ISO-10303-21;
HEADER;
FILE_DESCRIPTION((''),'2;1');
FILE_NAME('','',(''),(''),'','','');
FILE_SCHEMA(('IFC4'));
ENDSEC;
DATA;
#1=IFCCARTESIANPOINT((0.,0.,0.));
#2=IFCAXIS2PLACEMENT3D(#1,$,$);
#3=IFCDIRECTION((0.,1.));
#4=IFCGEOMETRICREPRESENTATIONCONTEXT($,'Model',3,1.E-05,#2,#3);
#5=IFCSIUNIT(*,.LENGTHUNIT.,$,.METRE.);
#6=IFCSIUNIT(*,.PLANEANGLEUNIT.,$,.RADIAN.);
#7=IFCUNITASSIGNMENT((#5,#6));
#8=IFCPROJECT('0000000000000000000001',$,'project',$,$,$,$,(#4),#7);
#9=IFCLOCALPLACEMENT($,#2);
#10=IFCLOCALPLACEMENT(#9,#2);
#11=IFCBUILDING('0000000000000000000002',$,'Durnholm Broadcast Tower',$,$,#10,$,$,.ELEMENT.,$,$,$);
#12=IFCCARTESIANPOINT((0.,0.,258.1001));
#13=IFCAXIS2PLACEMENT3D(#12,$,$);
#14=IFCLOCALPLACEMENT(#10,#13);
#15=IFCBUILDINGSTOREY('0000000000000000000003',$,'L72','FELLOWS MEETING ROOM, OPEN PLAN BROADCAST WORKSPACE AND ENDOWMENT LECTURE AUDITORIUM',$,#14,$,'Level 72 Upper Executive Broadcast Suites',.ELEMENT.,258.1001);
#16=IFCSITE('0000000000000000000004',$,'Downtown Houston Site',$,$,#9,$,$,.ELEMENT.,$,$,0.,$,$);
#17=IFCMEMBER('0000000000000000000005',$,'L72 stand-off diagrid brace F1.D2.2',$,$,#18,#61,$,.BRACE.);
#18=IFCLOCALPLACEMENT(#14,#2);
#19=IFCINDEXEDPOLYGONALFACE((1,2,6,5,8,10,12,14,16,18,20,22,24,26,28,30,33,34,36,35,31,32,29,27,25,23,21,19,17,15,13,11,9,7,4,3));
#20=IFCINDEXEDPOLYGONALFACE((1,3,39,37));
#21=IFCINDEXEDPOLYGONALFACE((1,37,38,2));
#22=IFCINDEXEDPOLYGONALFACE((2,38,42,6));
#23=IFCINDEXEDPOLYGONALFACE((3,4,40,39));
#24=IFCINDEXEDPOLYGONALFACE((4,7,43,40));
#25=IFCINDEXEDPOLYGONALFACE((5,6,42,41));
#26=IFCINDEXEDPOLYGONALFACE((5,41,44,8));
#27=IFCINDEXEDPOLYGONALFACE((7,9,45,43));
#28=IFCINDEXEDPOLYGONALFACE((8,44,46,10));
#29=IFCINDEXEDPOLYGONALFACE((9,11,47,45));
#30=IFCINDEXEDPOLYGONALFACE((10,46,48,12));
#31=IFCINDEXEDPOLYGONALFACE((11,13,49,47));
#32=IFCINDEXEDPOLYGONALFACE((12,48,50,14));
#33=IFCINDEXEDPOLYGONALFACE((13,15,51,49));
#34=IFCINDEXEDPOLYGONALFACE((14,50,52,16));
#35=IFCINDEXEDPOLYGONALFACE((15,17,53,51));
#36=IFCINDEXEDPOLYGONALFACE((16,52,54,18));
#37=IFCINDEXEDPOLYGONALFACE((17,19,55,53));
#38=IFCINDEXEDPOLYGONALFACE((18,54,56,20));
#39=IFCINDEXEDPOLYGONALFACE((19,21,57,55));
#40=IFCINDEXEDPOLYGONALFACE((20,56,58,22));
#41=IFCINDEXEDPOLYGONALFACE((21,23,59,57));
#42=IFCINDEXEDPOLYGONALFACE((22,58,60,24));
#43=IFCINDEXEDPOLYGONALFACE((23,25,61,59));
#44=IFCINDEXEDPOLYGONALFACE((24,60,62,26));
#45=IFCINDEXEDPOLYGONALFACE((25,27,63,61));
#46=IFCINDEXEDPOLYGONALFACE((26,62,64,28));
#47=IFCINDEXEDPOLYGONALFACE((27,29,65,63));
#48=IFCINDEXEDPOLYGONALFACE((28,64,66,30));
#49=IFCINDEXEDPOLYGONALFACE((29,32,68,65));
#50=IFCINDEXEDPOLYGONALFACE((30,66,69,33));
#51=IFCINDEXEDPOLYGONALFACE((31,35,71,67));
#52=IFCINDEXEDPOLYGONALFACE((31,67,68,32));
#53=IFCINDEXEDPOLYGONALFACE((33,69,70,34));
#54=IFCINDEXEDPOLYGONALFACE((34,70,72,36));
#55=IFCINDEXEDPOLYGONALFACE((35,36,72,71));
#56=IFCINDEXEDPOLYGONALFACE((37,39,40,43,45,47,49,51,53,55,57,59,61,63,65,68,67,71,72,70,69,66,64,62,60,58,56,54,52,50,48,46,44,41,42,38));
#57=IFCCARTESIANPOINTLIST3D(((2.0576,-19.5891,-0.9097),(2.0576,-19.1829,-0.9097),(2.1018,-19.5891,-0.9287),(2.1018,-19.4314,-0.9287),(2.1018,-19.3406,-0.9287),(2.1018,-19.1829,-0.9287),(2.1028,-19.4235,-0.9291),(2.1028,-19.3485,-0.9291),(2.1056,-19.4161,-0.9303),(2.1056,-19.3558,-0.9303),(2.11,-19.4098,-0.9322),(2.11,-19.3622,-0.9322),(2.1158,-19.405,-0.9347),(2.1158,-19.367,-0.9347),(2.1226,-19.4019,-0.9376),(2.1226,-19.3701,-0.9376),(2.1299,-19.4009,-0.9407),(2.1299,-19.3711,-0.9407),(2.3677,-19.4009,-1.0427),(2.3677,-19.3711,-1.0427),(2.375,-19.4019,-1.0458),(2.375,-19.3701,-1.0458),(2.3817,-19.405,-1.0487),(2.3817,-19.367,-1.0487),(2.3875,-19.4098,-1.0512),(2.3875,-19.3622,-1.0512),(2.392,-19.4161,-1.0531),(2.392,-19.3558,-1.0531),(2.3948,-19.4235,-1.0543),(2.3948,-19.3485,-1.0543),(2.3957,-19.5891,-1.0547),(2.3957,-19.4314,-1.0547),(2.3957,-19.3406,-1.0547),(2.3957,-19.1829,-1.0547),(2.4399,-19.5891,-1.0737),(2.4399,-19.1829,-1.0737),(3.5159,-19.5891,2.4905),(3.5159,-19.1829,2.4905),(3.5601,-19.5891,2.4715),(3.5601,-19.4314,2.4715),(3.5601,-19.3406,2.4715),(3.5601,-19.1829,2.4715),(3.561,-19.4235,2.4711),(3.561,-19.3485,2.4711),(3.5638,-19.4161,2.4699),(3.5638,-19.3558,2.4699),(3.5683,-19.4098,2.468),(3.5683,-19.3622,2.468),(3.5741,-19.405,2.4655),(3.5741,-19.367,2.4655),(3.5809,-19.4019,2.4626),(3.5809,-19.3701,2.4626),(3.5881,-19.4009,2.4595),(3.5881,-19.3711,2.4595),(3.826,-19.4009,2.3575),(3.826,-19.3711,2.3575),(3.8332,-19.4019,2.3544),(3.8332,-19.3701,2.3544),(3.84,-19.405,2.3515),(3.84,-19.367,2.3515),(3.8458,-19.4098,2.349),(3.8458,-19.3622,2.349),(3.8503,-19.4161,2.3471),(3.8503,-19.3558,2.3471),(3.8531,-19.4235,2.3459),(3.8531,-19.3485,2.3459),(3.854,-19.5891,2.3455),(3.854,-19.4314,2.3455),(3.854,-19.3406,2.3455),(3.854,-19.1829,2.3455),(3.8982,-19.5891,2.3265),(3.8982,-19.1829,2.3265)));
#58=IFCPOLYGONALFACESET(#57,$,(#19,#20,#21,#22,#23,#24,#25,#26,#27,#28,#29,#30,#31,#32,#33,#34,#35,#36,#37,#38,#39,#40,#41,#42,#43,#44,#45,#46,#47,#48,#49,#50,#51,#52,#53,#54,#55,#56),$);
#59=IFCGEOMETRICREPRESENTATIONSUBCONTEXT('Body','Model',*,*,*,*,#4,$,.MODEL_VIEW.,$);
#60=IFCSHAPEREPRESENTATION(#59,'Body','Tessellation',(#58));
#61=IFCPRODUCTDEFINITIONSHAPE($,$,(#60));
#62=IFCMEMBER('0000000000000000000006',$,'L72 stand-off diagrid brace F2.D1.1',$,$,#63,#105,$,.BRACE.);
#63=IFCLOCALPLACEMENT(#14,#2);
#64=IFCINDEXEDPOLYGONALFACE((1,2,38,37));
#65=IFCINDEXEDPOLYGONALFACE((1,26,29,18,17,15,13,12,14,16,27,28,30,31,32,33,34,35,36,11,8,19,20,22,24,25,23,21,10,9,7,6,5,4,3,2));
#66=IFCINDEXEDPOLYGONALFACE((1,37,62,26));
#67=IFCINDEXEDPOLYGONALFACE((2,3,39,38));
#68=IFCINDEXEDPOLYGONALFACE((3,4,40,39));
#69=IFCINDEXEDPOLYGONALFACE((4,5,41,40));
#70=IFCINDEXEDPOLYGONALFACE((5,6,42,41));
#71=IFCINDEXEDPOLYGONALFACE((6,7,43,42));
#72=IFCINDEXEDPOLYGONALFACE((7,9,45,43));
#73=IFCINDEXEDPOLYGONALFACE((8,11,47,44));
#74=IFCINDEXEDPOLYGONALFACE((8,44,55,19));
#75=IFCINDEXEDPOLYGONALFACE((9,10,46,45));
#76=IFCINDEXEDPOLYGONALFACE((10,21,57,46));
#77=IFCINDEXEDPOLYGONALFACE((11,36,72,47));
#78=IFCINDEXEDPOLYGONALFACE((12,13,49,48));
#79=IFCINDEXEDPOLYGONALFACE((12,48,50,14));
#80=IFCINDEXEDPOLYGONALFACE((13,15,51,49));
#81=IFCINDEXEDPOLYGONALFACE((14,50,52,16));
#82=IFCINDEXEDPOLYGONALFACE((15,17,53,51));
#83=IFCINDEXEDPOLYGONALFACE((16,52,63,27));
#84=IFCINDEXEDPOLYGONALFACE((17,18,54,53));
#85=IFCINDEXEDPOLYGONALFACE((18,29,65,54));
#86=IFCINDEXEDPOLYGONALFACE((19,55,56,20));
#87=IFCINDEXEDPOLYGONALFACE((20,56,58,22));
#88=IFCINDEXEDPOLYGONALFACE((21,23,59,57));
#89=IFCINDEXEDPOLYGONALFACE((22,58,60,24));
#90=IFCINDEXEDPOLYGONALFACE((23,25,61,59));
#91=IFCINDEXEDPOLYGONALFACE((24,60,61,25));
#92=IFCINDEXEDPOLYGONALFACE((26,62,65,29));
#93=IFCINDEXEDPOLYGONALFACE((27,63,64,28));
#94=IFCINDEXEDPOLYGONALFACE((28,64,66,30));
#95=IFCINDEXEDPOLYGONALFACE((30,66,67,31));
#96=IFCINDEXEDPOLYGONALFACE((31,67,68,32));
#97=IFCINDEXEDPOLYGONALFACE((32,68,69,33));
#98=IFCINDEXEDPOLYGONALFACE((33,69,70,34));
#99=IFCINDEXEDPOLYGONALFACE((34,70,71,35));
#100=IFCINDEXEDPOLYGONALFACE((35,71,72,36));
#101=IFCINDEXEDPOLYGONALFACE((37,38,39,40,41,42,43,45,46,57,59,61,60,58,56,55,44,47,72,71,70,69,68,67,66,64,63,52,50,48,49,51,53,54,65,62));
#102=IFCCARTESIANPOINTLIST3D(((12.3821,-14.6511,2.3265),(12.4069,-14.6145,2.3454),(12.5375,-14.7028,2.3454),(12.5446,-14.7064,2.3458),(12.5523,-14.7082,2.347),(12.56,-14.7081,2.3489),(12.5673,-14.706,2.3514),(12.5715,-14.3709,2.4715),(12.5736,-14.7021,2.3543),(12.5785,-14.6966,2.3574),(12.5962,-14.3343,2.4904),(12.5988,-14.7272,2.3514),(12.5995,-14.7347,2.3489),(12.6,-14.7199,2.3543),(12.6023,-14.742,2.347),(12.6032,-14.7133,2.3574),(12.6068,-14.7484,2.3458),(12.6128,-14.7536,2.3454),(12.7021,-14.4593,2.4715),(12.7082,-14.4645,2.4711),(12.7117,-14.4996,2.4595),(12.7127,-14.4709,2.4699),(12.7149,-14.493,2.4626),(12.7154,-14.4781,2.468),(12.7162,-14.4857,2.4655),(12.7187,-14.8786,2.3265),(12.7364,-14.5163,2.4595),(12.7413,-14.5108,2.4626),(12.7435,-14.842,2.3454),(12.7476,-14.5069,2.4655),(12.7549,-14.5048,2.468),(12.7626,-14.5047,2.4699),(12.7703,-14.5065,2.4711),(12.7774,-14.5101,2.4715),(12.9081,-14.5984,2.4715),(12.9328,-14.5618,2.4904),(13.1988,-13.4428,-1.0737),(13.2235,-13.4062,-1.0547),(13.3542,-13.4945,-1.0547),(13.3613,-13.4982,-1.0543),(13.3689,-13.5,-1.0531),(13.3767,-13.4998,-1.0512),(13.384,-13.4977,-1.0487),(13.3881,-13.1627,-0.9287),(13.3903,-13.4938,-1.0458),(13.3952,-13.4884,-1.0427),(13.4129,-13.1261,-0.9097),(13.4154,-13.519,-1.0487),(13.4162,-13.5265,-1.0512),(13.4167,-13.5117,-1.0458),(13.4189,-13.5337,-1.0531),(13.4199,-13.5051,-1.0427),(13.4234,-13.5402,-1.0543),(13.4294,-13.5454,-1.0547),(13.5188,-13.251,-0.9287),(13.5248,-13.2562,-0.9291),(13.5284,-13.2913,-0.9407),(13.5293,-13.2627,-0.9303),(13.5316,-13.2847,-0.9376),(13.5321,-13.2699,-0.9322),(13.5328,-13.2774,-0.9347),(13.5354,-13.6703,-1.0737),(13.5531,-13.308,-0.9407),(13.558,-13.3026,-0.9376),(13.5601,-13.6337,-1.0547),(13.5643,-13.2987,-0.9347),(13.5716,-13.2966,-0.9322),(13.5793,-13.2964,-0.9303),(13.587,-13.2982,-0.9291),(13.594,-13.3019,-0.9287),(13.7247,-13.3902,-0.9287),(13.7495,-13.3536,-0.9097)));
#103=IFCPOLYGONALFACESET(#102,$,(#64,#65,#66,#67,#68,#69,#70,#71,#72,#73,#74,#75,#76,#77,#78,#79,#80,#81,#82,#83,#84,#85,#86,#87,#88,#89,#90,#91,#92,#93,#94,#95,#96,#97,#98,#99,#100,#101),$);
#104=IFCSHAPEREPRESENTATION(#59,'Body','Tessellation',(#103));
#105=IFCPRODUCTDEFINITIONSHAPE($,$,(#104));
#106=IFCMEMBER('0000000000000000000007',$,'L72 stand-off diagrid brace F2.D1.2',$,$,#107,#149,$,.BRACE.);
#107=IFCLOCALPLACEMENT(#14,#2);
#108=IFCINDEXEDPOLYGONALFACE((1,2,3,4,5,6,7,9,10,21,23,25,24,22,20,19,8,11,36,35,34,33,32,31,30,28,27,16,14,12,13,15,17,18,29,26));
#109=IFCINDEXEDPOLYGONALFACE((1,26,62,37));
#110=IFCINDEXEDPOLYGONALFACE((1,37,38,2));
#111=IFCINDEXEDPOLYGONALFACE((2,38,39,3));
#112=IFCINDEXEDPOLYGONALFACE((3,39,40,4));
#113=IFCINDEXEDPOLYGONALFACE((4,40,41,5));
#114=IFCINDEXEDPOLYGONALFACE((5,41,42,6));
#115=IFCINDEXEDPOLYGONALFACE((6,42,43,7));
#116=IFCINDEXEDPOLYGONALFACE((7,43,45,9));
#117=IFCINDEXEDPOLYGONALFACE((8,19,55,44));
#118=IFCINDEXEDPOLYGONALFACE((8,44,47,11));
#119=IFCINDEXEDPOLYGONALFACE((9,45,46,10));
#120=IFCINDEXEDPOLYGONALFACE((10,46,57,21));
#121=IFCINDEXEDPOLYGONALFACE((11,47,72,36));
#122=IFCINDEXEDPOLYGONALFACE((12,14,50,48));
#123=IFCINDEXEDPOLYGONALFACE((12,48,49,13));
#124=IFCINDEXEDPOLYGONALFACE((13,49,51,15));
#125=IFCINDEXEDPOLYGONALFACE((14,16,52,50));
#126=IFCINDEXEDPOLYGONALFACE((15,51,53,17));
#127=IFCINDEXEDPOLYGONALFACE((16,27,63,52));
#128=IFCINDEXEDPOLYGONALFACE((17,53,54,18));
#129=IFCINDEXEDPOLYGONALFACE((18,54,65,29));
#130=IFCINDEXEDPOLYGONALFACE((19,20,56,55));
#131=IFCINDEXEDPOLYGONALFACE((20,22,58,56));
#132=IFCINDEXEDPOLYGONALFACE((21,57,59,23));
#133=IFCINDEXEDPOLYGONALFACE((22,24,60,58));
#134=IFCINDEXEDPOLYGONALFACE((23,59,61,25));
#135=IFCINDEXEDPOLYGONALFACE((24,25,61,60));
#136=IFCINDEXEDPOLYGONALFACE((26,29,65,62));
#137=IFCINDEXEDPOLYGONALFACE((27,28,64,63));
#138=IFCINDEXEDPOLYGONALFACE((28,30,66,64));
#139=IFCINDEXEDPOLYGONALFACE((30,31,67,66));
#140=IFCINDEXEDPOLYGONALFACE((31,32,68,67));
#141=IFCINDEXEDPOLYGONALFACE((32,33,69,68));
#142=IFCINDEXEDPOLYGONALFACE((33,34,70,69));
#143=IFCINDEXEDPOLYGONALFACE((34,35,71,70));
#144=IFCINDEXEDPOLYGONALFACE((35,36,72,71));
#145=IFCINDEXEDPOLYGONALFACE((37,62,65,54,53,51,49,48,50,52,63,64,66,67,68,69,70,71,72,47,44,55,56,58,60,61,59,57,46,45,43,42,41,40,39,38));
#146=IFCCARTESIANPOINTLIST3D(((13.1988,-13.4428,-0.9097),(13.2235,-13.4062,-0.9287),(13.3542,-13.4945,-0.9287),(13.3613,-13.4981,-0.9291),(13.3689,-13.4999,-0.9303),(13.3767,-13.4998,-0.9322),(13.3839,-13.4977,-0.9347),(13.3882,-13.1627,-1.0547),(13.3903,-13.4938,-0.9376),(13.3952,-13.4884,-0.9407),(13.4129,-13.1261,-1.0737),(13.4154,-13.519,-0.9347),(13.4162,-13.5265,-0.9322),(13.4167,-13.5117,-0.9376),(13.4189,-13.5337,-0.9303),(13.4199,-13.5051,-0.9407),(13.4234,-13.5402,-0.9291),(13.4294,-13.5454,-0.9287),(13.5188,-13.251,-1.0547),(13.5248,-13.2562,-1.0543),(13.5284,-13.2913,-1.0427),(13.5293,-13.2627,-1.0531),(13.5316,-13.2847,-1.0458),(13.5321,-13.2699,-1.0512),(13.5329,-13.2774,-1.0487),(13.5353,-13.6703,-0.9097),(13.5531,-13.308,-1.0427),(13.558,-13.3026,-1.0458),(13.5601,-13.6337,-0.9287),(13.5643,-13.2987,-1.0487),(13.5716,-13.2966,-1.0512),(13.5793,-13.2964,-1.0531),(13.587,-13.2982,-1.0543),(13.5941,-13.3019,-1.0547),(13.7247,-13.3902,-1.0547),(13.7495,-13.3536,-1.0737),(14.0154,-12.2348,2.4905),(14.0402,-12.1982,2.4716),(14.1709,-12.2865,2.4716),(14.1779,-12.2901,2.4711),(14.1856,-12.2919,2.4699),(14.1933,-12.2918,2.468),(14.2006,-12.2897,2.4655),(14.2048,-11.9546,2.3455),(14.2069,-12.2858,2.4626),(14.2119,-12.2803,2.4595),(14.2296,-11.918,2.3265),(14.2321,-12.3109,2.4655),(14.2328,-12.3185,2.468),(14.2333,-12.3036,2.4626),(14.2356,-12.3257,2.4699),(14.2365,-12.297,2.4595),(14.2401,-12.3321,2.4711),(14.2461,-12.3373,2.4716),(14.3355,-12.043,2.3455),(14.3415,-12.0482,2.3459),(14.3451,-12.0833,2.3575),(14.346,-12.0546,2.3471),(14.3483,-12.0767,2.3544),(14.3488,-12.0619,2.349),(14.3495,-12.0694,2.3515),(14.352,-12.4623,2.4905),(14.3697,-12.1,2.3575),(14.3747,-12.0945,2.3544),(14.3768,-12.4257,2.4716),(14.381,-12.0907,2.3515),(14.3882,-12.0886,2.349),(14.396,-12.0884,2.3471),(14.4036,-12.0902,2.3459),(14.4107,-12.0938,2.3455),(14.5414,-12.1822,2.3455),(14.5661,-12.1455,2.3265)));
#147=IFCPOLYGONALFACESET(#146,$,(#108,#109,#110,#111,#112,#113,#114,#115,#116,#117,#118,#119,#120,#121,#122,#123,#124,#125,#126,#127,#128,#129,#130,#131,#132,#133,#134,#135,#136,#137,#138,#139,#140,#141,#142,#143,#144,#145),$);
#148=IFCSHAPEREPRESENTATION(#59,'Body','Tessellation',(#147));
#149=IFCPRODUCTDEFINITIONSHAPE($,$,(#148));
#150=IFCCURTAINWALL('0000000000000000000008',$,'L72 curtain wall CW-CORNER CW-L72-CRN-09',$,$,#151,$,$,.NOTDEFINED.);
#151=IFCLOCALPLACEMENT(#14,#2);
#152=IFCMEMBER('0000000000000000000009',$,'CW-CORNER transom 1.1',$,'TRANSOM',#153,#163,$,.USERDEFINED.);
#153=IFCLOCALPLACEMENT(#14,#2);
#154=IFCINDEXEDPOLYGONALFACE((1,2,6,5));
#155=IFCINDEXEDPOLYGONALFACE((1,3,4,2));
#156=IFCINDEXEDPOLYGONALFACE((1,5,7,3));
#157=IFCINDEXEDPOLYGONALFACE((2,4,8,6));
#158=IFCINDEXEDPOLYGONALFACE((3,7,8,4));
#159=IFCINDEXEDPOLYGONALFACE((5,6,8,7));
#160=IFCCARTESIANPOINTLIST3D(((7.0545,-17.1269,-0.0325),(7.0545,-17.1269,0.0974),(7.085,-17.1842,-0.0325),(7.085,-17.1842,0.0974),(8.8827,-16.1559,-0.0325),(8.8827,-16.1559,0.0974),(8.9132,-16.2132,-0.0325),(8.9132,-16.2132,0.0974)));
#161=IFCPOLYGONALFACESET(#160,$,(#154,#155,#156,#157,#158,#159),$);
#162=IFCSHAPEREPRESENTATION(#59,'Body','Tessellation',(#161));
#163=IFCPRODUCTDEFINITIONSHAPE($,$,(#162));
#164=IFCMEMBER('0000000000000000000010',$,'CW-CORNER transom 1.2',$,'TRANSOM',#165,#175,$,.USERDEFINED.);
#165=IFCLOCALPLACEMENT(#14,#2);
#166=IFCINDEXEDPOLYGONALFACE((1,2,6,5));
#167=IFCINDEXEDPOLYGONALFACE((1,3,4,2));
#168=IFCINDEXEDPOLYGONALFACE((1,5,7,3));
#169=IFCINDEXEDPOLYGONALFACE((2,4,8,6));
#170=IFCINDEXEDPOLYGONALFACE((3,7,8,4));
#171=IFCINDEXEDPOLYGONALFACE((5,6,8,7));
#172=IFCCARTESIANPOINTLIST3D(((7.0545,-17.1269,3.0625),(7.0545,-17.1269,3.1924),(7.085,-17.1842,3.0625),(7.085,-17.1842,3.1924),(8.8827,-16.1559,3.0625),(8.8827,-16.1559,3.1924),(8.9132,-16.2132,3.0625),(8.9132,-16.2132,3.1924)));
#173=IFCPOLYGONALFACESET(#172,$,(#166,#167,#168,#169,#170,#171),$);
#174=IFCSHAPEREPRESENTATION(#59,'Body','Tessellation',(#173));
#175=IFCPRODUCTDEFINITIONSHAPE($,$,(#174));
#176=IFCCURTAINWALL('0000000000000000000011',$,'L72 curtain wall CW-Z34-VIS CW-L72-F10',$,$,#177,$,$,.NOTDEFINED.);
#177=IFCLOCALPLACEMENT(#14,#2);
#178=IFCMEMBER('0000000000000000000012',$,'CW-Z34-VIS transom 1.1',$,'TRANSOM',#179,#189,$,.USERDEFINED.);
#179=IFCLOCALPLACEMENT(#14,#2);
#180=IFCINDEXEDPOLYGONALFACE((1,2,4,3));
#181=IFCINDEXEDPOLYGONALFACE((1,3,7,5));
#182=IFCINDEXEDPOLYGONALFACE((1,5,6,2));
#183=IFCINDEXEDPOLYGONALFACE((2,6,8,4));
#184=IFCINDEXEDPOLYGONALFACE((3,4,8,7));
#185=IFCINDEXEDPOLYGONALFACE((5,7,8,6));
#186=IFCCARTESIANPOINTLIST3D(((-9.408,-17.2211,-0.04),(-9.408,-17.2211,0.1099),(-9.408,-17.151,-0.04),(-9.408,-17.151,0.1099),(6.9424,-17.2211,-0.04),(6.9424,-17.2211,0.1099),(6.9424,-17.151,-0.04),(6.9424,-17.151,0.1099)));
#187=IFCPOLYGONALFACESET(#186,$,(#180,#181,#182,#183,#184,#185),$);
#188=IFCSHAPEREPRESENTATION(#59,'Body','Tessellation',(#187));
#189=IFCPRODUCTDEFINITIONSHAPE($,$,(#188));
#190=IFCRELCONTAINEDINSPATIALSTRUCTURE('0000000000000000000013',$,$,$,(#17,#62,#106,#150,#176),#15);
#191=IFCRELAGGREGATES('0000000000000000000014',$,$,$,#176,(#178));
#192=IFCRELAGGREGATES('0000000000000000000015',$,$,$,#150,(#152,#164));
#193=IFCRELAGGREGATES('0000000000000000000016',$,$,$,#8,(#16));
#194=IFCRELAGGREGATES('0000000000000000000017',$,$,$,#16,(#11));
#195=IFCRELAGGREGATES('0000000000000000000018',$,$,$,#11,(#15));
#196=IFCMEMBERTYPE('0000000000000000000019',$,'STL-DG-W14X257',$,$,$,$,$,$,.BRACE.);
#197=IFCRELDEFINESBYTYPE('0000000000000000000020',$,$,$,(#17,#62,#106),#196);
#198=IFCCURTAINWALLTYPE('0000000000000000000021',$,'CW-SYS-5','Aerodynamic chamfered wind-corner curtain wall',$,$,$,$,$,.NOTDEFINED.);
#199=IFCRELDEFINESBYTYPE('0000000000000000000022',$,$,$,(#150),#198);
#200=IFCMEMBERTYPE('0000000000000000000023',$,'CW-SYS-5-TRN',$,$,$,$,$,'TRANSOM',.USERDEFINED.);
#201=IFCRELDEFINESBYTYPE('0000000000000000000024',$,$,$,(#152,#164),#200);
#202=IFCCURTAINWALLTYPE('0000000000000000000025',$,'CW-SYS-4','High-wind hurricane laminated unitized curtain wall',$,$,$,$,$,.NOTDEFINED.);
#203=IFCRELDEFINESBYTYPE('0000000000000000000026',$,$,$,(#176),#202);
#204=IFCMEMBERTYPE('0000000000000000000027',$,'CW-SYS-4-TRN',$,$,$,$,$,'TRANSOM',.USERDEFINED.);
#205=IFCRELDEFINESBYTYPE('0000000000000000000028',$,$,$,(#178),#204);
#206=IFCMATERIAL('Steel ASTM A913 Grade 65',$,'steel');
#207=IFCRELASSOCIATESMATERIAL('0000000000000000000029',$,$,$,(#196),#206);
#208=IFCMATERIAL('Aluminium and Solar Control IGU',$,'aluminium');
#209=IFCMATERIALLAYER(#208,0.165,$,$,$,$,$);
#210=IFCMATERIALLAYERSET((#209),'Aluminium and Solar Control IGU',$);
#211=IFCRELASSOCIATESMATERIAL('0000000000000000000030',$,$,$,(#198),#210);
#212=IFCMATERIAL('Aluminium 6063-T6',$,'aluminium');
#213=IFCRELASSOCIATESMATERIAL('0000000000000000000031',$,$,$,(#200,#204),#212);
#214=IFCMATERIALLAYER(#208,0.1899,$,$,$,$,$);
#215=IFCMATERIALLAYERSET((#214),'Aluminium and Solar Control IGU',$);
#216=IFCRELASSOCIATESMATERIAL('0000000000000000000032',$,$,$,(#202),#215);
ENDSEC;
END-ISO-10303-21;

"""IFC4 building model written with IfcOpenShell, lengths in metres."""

from ifc_helpers import new_model, si_unit, direction, frame, origin, origin_2d, place, context, subcontext, project, spatial, rectangle, i_section, extrude, source, transform, mapped, material, layer, layer_set, material_profile, profile_set, type_object, type_shapes, element, aggregate, save


model = new_model("IFC4")

# Units and contexts
model_context = context("Model", 3, precision=1e-05, world=origin(), true_north=direction((0.0, 1.0)))
body_context = subcontext(model_context, "Body", "Model", "MODEL_VIEW")
ifc_project = project(units=[si_unit("LENGTHUNIT", "METRE"), si_unit("PLANEANGLEUNIT", "RADIAN")], contexts=[model_context])

# Site, building, storey
site_placement = place(None, origin())
site = spatial("IfcSite", under=ifc_project, at=site_placement, Name="Downtown Houston Site", CompositionType="ELEMENT", RefElevation=0.0)
building_placement = place(site_placement, origin())
building = spatial("IfcBuilding", under=site, at=building_placement, Name="Durnholm Broadcast Tower", CompositionType="ELEMENT")
storey_placement = place(building_placement, frame((0.0, 0.0, 258.1001)))
storey = spatial("IfcBuildingStorey", under=building, at=storey_placement, Name="L72", Description="FELLOWS MEETING ROOM, OPEN PLAN BROADCAST WORKSPACE AND ENDOWMENT LECTURE AUDITORIUM", LongName="Level 72 Upper Executive Broadcast Suites", CompositionType="ELEMENT", Elevation=258.1001)

# Members
ifc_material_1 = material(Name="Steel ASTM A913 Grade 65", Category="steel")
ifc_material_profile_1 = material_profile(ifc_material_1, i_section(OverallWidth=0.4062, OverallDepth=0.416, WebThickness=0.0298, FlangeThickness=0.0481, FilletRadius=0.0305, at=origin_2d()), Name="W14X257")
ifc_profile_set_1 = profile_set([ifc_material_profile_1], Name="Steel ASTM A913 Grade 65")
member_type_1 = type_object("IfcMemberType", Name="STL-DG-W14X257", PredefinedType="BRACE", material=ifc_profile_set_1)
shared_shape_1 = source(origin(), body_context, "Body", "SweptSolid", [
    extrude(i_section(OverallWidth=0.4062, OverallDepth=0.416, WebThickness=0.0298, FlangeThickness=0.0481, FilletRadius=0.0305, at=origin_2d()), origin(), (0.0, 0.0, 1.0), 3.6997),
])
type_shapes(member_type_1, [shared_shape_1])
for number, where, z_axis, x_axis, name in (
    (1, (2.2488, -19.386, -0.9917), (0.394158, 0.0, 0.919043), (0.0, 1.0, 0.0), "L72 stand-off diagrid brace F1.D2.2"),
    (2, (13.4741, -13.3982, -0.9917), (-0.220734, -0.326581, 0.919033), (0.828505, -0.559982, 0.0), "L72 stand-off diagrid brace F2.D1.1"),
    (3, (13.4741, -13.3982, -0.9917), (0.220739, 0.326522, 0.919053), (-0.828452, 0.560059, 0.0), "L72 stand-off diagrid brace F2.D1.2"),
):
    element("IfcMember", number, at=place(storey_placement, frame(where, z_axis=z_axis, x_axis=x_axis)), inside=storey, type_object=member_type_1, Name=name, PredefinedType="BRACE", context=body_context, shape_type="MappedRepresentation", body=[
        mapped(shared_shape_1, transform((0.0, 0.0, 0.0), x_axis=(1.0, 0.0, 0.0), y_axis=(0.0, 1.0, 0.0), z_axis=(0.0, 0.0, 1.0), scale=1.0)),
    ])

# Curtain walls, members
ifc_material_2 = material(Name="Aluminium and Solar Control IGU", Category="aluminium")
ifc_layer_1 = layer(ifc_material_2, 0.165)
ifc_layer_set_1 = layer_set([ifc_layer_1], Name="Aluminium and Solar Control IGU")
curtain_wall_type_1 = type_object("IfcCurtainWallType", Name="CW-SYS-5", Description="Aerodynamic chamfered wind-corner curtain wall", PredefinedType="NOTDEFINED", material=ifc_layer_set_1)
curtain_wall_1_placement = place(storey_placement, origin())
curtain_wall_1 = element("IfcCurtainWall", 4, at=curtain_wall_1_placement, inside=storey, type_object=curtain_wall_type_1, Name="L72 curtain wall CW-CORNER CW-L72-CRN-09", PredefinedType="NOTDEFINED")
ifc_material_3 = material(Name="Aluminium 6063-T6", Category="aluminium")
ifc_material_profile_2 = material_profile(ifc_material_3, rectangle(XDim=0.0649, YDim=0.1299, at=origin_2d()), Name="CWT65X130")
ifc_profile_set_2 = profile_set([ifc_material_profile_2], Name="Aluminium 6063-T6")
member_type_2 = type_object("IfcMemberType", Name="CW-SYS-5-TRN", ElementType="TRANSOM", PredefinedType="USERDEFINED", material=ifc_profile_set_2)
shared_shape_2 = source(origin(), body_context, "Body", "SweptSolid", [
    extrude(rectangle(XDim=0.0649, YDim=0.1299, at=origin_2d()), origin(), (0.0, 0.0, 1.0), 2.0701),
])
type_shapes(member_type_2, [shared_shape_2])
member_1_placement = place(storey_placement, frame((8.8979, -16.1846, 0.0325), z_axis=(-0.883165, -0.469063, 0.0), x_axis=(0.469063, -0.883165, 0.0)))
member_1 = element("IfcMember", 5, at=member_1_placement, type_object=member_type_2, Name="CW-CORNER transom 1.1", ObjectType="TRANSOM", PredefinedType="USERDEFINED", context=body_context, shape_type="MappedRepresentation", body=[
    mapped(shared_shape_2, transform((0.0, 0.0, 0.0), x_axis=(1.0, 0.0, 0.0), y_axis=(0.0, 1.0, 0.0), z_axis=(0.0, 0.0, 1.0), scale=1.0)),
])
member_2_placement = place(storey_placement, frame((8.8979, -16.1846, 3.1274), z_axis=(-0.883165, -0.469063, 0.0), x_axis=(0.469063, -0.883165, 0.0)))
member_2 = element("IfcMember", 6, at=member_2_placement, type_object=member_type_2, Name="CW-CORNER transom 1.2", ObjectType="TRANSOM", PredefinedType="USERDEFINED", context=body_context, shape_type="MappedRepresentation", body=[
    mapped(shared_shape_2, transform((0.0, 0.0, 0.0), x_axis=(1.0, 0.0, 0.0), y_axis=(0.0, 1.0, 0.0), z_axis=(0.0, 0.0, 1.0), scale=1.0)),
])
ifc_layer_2 = layer(ifc_material_2, 0.1899)
ifc_layer_set_2 = layer_set([ifc_layer_2], Name="Aluminium and Solar Control IGU")
curtain_wall_type_2 = type_object("IfcCurtainWallType", Name="CW-SYS-4", Description="High-wind hurricane laminated unitized curtain wall", PredefinedType="NOTDEFINED", material=ifc_layer_set_2)
curtain_wall_2_placement = place(storey_placement, origin())
curtain_wall_2 = element("IfcCurtainWall", 7, at=curtain_wall_2_placement, inside=storey, type_object=curtain_wall_type_2, Name="L72 curtain wall CW-Z34-VIS CW-L72-F10", PredefinedType="NOTDEFINED")
ifc_material_profile_3 = material_profile(ifc_material_3, rectangle(XDim=0.0701, YDim=0.1499, at=origin_2d()), Name="CWT70X150")
ifc_profile_set_3 = profile_set([ifc_material_profile_3], Name="Aluminium 6063-T6")
member_type_3 = type_object("IfcMemberType", Name="CW-SYS-4-TRN", ElementType="TRANSOM", PredefinedType="USERDEFINED", material=ifc_profile_set_3)
shared_shape_3 = source(origin(), body_context, "Body", "SweptSolid", [
    extrude(rectangle(XDim=0.0701, YDim=0.1499, at=origin_2d()), origin(), (0.0, 0.0, 1.0), 16.3503),
])
type_shapes(member_type_3, [shared_shape_3])
member_3_placement = place(storey_placement, frame((6.9424, -17.186, 0.0349), z_axis=(-1.0, 0.0, 0.0), x_axis=(0.0, -1.0, 0.0)))
member_3 = element("IfcMember", 8, at=member_3_placement, type_object=member_type_3, Name="CW-Z34-VIS transom 1.1", ObjectType="TRANSOM", PredefinedType="USERDEFINED", context=body_context, shape_type="MappedRepresentation", body=[
    mapped(shared_shape_3, transform((0.0, 0.0, 0.0), x_axis=(1.0, 0.0, 0.0), y_axis=(0.0, 1.0, 0.0), z_axis=(0.0, 0.0, 1.0), scale=1.0)),
])

aggregate(curtain_wall_2, [member_3])

aggregate(curtain_wall_1, [member_1, member_2])

save(model, "model.ifc")
